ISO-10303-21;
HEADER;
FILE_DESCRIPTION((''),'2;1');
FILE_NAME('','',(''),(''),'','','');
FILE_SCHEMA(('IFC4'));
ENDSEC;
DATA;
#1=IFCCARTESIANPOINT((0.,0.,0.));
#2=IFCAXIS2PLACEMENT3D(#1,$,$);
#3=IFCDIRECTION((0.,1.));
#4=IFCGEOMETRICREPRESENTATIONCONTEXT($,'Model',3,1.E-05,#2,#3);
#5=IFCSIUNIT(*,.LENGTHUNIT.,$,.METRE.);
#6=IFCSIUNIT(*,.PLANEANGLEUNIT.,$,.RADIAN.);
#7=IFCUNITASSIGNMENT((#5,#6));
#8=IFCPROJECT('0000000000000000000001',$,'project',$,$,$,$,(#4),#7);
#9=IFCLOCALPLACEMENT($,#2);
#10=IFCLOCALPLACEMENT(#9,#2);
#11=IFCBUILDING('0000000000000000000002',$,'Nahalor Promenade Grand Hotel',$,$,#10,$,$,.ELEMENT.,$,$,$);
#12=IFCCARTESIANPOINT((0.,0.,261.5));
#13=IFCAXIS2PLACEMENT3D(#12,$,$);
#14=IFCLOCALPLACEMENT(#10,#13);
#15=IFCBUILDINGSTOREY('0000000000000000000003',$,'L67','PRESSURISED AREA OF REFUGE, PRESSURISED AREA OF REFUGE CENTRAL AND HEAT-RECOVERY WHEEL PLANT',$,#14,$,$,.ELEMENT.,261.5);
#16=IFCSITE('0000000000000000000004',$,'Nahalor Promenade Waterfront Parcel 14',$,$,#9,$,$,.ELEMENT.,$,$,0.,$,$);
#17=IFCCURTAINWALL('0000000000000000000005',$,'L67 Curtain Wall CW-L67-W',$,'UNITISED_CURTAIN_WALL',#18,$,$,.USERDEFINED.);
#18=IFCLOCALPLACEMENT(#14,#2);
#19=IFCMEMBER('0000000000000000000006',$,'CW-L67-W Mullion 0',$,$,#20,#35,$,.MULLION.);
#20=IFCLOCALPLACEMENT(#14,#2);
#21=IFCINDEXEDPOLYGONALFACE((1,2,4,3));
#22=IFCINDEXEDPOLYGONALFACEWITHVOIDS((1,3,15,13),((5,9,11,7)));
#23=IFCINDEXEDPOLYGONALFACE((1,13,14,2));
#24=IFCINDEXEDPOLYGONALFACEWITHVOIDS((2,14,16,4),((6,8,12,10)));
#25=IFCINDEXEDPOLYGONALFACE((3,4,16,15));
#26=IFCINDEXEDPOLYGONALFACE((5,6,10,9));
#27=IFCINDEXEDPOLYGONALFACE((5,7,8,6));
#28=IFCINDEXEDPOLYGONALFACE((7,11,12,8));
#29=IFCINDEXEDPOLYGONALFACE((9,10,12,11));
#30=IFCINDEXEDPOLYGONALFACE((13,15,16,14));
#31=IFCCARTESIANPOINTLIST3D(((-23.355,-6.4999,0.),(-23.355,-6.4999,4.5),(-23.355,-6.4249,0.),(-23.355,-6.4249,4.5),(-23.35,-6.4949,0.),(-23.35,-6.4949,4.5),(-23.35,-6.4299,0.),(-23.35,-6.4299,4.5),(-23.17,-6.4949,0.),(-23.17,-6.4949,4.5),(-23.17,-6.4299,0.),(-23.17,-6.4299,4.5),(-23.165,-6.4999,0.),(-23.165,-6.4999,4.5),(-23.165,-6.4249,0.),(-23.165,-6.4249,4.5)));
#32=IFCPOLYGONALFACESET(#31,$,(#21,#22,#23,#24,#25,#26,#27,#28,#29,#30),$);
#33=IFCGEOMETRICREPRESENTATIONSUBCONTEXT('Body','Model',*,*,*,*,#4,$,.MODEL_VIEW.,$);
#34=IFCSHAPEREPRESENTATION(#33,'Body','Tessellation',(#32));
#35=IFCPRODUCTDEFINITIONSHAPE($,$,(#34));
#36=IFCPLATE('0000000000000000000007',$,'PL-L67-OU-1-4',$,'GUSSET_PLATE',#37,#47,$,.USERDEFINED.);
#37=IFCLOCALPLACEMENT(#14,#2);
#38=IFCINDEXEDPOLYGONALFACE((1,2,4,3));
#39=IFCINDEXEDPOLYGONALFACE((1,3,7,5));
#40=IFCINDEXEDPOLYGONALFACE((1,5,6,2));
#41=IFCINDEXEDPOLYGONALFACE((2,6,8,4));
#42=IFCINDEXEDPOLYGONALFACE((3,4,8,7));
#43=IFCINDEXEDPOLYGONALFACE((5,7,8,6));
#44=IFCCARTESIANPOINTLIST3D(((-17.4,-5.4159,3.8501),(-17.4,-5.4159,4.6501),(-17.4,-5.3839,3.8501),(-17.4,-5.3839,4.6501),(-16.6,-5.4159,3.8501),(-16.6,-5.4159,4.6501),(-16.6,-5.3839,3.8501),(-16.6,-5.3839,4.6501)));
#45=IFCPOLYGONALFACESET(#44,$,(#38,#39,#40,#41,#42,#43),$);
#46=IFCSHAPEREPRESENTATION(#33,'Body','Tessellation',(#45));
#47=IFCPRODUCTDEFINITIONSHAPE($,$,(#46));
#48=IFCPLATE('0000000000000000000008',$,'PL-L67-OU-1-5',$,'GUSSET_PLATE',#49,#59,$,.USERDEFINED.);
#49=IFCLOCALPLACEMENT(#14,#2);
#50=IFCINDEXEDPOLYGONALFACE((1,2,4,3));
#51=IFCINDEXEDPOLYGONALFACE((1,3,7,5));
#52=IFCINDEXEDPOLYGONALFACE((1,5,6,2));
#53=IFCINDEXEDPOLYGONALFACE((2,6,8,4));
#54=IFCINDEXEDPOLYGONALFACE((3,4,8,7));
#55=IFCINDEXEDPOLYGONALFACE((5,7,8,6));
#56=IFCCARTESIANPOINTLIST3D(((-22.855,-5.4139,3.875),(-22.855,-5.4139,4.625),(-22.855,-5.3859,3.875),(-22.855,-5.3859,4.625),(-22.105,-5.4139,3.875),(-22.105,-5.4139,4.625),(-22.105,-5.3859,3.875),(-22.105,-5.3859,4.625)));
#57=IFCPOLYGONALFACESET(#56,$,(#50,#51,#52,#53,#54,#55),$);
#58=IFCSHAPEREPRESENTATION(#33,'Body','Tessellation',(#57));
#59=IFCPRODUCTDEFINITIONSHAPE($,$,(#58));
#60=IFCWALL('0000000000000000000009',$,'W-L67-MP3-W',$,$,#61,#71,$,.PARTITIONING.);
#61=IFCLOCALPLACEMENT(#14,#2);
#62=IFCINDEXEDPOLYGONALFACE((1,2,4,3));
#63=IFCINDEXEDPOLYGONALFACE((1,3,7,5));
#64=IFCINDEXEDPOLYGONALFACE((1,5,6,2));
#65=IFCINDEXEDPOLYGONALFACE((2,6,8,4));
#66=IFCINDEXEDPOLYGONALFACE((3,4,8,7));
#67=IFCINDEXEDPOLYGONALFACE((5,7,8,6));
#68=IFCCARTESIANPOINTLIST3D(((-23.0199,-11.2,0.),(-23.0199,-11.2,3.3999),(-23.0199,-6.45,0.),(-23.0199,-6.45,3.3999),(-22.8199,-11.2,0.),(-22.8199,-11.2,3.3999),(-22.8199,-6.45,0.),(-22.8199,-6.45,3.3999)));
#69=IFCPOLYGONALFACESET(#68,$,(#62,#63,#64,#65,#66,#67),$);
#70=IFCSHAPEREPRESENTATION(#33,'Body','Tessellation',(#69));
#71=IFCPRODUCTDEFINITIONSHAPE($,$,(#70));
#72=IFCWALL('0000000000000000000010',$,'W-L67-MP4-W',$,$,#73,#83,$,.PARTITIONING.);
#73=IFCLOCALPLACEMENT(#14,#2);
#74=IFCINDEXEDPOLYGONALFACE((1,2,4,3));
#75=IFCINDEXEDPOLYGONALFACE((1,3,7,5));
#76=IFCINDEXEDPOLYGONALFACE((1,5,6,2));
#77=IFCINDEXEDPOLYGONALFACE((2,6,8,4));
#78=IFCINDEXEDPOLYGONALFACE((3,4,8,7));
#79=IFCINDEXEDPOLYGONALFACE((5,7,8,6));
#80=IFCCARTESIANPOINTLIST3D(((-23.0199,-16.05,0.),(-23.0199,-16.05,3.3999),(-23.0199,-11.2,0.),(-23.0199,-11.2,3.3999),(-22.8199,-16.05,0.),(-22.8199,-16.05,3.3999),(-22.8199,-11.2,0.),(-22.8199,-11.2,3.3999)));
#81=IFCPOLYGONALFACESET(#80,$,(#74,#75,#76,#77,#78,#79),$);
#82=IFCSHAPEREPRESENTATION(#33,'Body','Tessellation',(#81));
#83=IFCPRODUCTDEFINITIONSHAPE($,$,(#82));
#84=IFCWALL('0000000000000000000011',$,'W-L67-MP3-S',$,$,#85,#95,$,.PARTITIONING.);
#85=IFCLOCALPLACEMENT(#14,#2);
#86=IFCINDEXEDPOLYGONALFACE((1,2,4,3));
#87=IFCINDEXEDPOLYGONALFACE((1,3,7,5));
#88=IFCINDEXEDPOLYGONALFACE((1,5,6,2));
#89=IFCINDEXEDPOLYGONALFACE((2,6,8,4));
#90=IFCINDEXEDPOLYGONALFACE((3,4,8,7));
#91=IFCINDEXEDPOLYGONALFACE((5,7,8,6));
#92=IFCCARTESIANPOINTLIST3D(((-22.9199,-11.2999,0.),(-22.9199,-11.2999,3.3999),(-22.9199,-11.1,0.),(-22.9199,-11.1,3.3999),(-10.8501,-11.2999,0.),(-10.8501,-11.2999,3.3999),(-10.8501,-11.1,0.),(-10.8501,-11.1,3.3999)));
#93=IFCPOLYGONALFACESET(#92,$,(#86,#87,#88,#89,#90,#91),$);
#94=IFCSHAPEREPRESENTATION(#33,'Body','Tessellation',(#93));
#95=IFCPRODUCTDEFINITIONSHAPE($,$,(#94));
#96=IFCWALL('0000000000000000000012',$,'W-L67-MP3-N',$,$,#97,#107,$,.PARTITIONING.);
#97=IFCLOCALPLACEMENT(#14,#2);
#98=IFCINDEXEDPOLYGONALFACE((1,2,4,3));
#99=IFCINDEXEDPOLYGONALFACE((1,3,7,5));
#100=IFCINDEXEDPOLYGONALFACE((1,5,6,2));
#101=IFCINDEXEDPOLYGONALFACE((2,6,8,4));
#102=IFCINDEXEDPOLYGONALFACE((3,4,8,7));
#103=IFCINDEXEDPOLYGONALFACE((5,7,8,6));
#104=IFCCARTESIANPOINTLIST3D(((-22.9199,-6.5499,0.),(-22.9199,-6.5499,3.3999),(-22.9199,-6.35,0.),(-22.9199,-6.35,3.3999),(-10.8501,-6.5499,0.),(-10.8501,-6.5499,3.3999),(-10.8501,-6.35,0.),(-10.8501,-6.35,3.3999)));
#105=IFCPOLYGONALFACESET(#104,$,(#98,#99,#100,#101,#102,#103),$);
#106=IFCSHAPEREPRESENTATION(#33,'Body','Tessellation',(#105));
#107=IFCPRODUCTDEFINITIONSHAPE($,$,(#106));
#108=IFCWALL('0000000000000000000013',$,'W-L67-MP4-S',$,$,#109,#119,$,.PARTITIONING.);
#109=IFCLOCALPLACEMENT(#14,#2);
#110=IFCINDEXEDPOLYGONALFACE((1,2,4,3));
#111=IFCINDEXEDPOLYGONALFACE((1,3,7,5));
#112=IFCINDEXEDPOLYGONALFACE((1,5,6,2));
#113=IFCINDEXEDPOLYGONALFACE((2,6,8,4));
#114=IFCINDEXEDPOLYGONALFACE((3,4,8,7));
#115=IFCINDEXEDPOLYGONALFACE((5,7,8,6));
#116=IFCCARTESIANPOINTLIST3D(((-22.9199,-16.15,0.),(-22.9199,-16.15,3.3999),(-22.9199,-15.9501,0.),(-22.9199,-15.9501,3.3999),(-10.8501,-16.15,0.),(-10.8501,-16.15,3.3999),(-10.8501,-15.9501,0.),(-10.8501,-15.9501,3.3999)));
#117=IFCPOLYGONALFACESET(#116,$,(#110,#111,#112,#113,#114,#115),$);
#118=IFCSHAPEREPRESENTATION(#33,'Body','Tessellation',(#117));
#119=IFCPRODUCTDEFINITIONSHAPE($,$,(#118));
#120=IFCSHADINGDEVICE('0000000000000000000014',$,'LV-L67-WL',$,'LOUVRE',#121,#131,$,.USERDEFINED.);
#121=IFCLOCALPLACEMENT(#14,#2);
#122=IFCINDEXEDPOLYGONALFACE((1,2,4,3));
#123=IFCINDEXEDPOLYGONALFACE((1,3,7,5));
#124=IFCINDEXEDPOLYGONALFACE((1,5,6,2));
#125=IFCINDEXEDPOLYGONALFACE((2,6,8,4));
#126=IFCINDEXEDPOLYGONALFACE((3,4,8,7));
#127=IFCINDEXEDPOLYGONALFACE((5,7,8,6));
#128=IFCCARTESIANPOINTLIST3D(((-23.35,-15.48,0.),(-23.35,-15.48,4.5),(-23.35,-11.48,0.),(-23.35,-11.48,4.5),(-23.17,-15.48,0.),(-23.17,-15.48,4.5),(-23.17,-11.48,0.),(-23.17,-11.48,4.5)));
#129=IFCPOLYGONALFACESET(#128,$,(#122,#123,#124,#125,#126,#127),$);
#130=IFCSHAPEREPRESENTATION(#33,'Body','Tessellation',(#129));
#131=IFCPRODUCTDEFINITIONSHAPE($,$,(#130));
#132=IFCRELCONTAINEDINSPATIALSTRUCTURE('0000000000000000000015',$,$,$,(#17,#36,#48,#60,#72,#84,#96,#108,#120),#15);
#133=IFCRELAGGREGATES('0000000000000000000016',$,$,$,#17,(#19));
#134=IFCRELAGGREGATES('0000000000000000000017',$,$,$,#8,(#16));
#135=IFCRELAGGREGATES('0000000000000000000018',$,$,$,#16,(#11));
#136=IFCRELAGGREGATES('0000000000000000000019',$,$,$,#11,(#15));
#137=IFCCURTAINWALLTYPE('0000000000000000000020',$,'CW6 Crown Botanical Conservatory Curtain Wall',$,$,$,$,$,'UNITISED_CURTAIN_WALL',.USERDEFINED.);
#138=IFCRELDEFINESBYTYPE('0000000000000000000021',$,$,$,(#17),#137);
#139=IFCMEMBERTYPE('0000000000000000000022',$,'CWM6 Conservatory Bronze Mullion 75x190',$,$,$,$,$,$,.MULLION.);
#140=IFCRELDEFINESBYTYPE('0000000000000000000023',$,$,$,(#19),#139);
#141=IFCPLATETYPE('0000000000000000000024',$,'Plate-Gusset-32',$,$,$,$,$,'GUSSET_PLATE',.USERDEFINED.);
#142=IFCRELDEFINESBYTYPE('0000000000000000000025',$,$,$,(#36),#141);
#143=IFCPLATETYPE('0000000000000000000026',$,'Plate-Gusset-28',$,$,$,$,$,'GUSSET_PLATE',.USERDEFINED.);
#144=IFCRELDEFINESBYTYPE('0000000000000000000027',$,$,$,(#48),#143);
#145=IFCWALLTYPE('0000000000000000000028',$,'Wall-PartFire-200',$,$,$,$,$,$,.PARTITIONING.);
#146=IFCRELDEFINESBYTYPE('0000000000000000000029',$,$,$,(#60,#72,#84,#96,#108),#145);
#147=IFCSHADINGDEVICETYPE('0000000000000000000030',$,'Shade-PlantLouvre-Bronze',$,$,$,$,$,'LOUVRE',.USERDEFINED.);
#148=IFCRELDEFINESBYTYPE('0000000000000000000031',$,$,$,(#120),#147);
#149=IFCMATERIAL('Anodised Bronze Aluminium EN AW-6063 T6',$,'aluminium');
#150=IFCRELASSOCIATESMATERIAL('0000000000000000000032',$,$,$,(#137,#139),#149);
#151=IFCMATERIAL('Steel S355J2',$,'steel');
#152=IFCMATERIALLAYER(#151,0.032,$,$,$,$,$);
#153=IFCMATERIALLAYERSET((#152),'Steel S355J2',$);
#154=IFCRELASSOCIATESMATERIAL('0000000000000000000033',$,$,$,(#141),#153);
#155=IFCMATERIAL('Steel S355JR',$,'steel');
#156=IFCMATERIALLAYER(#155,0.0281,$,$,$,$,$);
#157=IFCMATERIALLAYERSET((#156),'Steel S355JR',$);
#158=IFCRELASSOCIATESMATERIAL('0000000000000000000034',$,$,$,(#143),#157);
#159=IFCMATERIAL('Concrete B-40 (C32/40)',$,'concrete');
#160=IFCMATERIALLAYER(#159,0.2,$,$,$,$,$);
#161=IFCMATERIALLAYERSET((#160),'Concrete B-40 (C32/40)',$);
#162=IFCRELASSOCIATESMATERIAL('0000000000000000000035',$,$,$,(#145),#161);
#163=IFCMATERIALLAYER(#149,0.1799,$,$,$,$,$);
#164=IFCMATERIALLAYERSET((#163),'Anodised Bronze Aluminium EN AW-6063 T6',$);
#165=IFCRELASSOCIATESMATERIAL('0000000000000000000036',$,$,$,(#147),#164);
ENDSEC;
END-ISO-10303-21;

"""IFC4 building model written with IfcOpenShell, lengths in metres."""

from ifc_helpers import new_model, si_unit, direction, frame, frame_2d, origin, origin_2d, place, context, subcontext, project, spatial, rectangle, hollow_rectangle, extrude, source, transform, mapped, material, layer, layer_set, material_profile, profile_set, type_object, element, aggregate, save


model = new_model("IFC4")

# Units and contexts
model_context = context("Model", 3, precision=1e-05, world=origin(), true_north=direction((0.0, 1.0)))
body_context = subcontext(model_context, "Body", "Model", "MODEL_VIEW")
ifc_project = project(units=[si_unit("LENGTHUNIT", "METRE"), si_unit("PLANEANGLEUNIT", "RADIAN")], contexts=[model_context])

# Site, building, storey
site_placement = place(None, origin())
site = spatial("IfcSite", under=ifc_project, at=site_placement, Name="Nahalor Promenade Waterfront Parcel 14", CompositionType="ELEMENT", RefElevation=0.0)
building_placement = place(site_placement, origin())
building = spatial("IfcBuilding", under=site, at=building_placement, Name="Nahalor Promenade Grand Hotel", CompositionType="ELEMENT")
storey_placement = place(building_placement, frame((0.0, 0.0, 261.5)))
storey = spatial("IfcBuildingStorey", under=building, at=storey_placement, Name="L67", Description="PRESSURISED AREA OF REFUGE, PRESSURISED AREA OF REFUGE CENTRAL AND HEAT-RECOVERY WHEEL PLANT", CompositionType="ELEMENT", Elevation=261.5)

# Shared definitions
ifc_material_1 = material(Name="Steel S355JR", Category="steel")

# Shared definitions
ifc_material_2 = material(Name="Steel S355J2", Category="steel")

# Curtain wall, member
ifc_material_3 = material(Name="Anodised Bronze Aluminium EN AW-6063 T6", Category="aluminium")
curtain_wall_type = type_object("IfcCurtainWallType", Name="CW6 Crown Botanical Conservatory Curtain Wall", ElementType="UNITISED_CURTAIN_WALL", PredefinedType="USERDEFINED", material=ifc_material_3)
curtain_wall_placement = place(storey_placement, origin())
curtain_wall = element("IfcCurtainWall", 1, at=curtain_wall_placement, inside=storey, type_object=curtain_wall_type, Name="L67 Curtain Wall CW-L67-W", ObjectType="UNITISED_CURTAIN_WALL", PredefinedType="USERDEFINED")
ifc_material_profile_1 = material_profile(ifc_material_3, hollow_rectangle(XDim=0.075, YDim=0.19, WallThickness=0.005, at=origin_2d()), Name="CWM 75x190x5")
ifc_profile_set_1 = profile_set([ifc_material_profile_1], Name="Anodised Bronze Aluminium EN AW-6063 T6")
member_type_1 = type_object("IfcMemberType", Name="CWM6 Conservatory Bronze Mullion 75x190", PredefinedType="MULLION", material=ifc_profile_set_1)
shared_shape_1 = source(origin(), body_context, "Body", "SweptSolid", [
    extrude(hollow_rectangle(XDim=0.075, YDim=0.19, WallThickness=0.005, at=origin_2d()), origin(), (0.0, 0.0, 1.0), 4.5),
])
member_1_placement = place(storey_placement, frame((-23.26, -6.4624, 0.0), z_axis=(0.0, 0.0, 1.0), x_axis=(0.0, 1.0, 0.0)))
member_1 = element("IfcMember", 2, at=member_1_placement, type_object=member_type_1, Name="CW-L67-W Mullion 0", PredefinedType="MULLION", context=body_context, shape_type="MappedRepresentation", body=[
    mapped(shared_shape_1, transform((0.0, 0.0, 0.0), scale=1.0)),
])
aggregate(curtain_wall, [member_1])

# Plates
ifc_layer_1 = layer(ifc_material_2, 0.032)
ifc_layer_set_1 = layer_set([ifc_layer_1], Name="Steel S355J2")
plate_type_1 = type_object("IfcPlateType", Name="Plate-Gusset-32", ElementType="GUSSET_PLATE", PredefinedType="USERDEFINED", material=ifc_layer_set_1)
shared_shape_2 = source(origin(), body_context, "Body", "SweptSolid", [
    extrude(rectangle(XDim=0.8, YDim=0.032, at=origin_2d()), origin(), (0.0, 0.0, 1.0), 0.8),
])
plate_1_placement = place(storey_placement, frame((-17.0, -5.3999, 3.8501), z_axis=(0.0, 0.0, 1.0), x_axis=(1.0, 0.0, 0.0)))
element("IfcPlate", 3, at=plate_1_placement, inside=storey, type_object=plate_type_1, Name="PL-L67-OU-1-4", ObjectType="GUSSET_PLATE", PredefinedType="USERDEFINED", context=body_context, shape_type="MappedRepresentation", body=[
    mapped(shared_shape_2, transform((0.0, 0.0, 0.0), scale=1.0)),
])
ifc_layer_2 = layer(ifc_material_1, 0.0281)
ifc_layer_set_2 = layer_set([ifc_layer_2], Name="Steel S355JR")
plate_type_2 = type_object("IfcPlateType", Name="Plate-Gusset-28", ElementType="GUSSET_PLATE", PredefinedType="USERDEFINED", material=ifc_layer_set_2)
shared_shape_3 = source(origin(), body_context, "Body", "SweptSolid", [
    extrude(rectangle(XDim=0.75, YDim=0.0281, at=origin_2d()), origin(), (0.0, 0.0, 1.0), 0.75),
])
plate_2_placement = place(storey_placement, frame((-22.48, -5.3999, 3.875), z_axis=(0.0, 0.0, 1.0), x_axis=(1.0, 0.0, 0.0)))
element("IfcPlate", 4, at=plate_2_placement, inside=storey, type_object=plate_type_2, Name="PL-L67-OU-1-5", ObjectType="GUSSET_PLATE", PredefinedType="USERDEFINED", context=body_context, shape_type="MappedRepresentation", body=[
    mapped(shared_shape_3, transform((0.0, 0.0, 0.0), scale=1.0)),
])

# Walls
ifc_material_4 = material(Name="Concrete B-40 (C32/40)", Category="concrete")
ifc_layer_3 = layer(ifc_material_4, 0.2)
ifc_layer_set_3 = layer_set([ifc_layer_3], Name="Concrete B-40 (C32/40)")
wall_type = type_object("IfcWallType", Name="Wall-PartFire-200", PredefinedType="PARTITIONING", material=ifc_layer_set_3)
shared_shape_4 = source(origin(), body_context, "Body", "SweptSolid", [
    extrude(rectangle(XDim=4.75, YDim=0.2, at=frame_2d((2.375, 0.0))), origin(), (0.0, 0.0, 1.0), 3.3999),
])
wall_1_placement = place(storey_placement, frame((-22.9199, -11.2, 0.0), z_axis=(0.0, 0.0, 1.0), x_axis=(0.0, 1.0, 0.0)))
element("IfcWall", 5, at=wall_1_placement, inside=storey, type_object=wall_type, Name="W-L67-MP3-W", PredefinedType="PARTITIONING", context=body_context, shape_type="MappedRepresentation", body=[
    mapped(shared_shape_4, transform((0.0, 0.0, 0.0), scale=1.0)),
])
shared_shape_5 = source(origin(), body_context, "Body", "SweptSolid", [
    extrude(rectangle(XDim=4.8501, YDim=0.2, at=frame_2d((2.425, 0.0))), origin(), (0.0, 0.0, 1.0), 3.3999),
])
wall_2_placement = place(storey_placement, frame((-22.9199, -16.05, 0.0), z_axis=(0.0, 0.0, 1.0), x_axis=(0.0, 1.0, 0.0)))
element("IfcWall", 6, at=wall_2_placement, inside=storey, type_object=wall_type, Name="W-L67-MP4-W", PredefinedType="PARTITIONING", context=body_context, shape_type="MappedRepresentation", body=[
    mapped(shared_shape_5, transform((0.0, 0.0, 0.0), scale=1.0)),
])

# Walls
shared_shape_6 = source(origin(), body_context, "Body", "SweptSolid", [
    extrude(rectangle(XDim=12.0698, YDim=0.2, at=frame_2d((6.0349, 0.0))), origin(), (0.0, 0.0, 1.0), 3.3999),
])
for number, where, z_axis, x_axis, name in (
    (7, (-22.9199, -11.2, 0.0), (0.0, 0.0, 1.0), (1.0, 0.0, 0.0), "W-L67-MP3-S"),
    (8, (-22.9199, -6.45, 0.0), (0.0, 0.0, 1.0), (1.0, 0.0, 0.0), "W-L67-MP3-N"),
    (9, (-22.9199, -16.05, 0.0), (0.0, 0.0, 1.0), (1.0, 0.0, 0.0), "W-L67-MP4-S"),
):
    element("IfcWall", number, at=place(storey_placement, frame(where, z_axis=z_axis, x_axis=x_axis)), inside=storey, type_object=wall_type, Name=name, PredefinedType="PARTITIONING", context=body_context, shape_type="MappedRepresentation", body=[
        mapped(shared_shape_6, transform((0.0, 0.0, 0.0), scale=1.0)),
    ])

# Shading device
ifc_layer_4 = layer(ifc_material_3, 0.1799)
ifc_layer_set_4 = layer_set([ifc_layer_4], Name="Anodised Bronze Aluminium EN AW-6063 T6")
shading_device_type = type_object("IfcShadingDeviceType", Name="Shade-PlantLouvre-Bronze", ElementType="LOUVRE", PredefinedType="USERDEFINED", material=ifc_layer_set_4)
shared_shape_7 = source(origin(), body_context, "Body", "SweptSolid", [
    extrude(rectangle(XDim=4.0, YDim=0.1799, at=origin_2d()), origin(), (0.0, 0.0, 1.0), 4.5),
])
shading_device_placement = place(storey_placement, frame((-23.26, -13.48, 0.0), z_axis=(0.0, 0.0, 1.0), x_axis=(0.0, 1.0, 0.0)))
element("IfcShadingDevice", 10, at=shading_device_placement, inside=storey, type_object=shading_device_type, Name="LV-L67-WL", ObjectType="LOUVRE", PredefinedType="USERDEFINED", context=body_context, shape_type="MappedRepresentation", body=[
    mapped(shared_shape_7, transform((0.0, 0.0, 0.0), scale=1.0)),
])

save(model, "model.ifc")
